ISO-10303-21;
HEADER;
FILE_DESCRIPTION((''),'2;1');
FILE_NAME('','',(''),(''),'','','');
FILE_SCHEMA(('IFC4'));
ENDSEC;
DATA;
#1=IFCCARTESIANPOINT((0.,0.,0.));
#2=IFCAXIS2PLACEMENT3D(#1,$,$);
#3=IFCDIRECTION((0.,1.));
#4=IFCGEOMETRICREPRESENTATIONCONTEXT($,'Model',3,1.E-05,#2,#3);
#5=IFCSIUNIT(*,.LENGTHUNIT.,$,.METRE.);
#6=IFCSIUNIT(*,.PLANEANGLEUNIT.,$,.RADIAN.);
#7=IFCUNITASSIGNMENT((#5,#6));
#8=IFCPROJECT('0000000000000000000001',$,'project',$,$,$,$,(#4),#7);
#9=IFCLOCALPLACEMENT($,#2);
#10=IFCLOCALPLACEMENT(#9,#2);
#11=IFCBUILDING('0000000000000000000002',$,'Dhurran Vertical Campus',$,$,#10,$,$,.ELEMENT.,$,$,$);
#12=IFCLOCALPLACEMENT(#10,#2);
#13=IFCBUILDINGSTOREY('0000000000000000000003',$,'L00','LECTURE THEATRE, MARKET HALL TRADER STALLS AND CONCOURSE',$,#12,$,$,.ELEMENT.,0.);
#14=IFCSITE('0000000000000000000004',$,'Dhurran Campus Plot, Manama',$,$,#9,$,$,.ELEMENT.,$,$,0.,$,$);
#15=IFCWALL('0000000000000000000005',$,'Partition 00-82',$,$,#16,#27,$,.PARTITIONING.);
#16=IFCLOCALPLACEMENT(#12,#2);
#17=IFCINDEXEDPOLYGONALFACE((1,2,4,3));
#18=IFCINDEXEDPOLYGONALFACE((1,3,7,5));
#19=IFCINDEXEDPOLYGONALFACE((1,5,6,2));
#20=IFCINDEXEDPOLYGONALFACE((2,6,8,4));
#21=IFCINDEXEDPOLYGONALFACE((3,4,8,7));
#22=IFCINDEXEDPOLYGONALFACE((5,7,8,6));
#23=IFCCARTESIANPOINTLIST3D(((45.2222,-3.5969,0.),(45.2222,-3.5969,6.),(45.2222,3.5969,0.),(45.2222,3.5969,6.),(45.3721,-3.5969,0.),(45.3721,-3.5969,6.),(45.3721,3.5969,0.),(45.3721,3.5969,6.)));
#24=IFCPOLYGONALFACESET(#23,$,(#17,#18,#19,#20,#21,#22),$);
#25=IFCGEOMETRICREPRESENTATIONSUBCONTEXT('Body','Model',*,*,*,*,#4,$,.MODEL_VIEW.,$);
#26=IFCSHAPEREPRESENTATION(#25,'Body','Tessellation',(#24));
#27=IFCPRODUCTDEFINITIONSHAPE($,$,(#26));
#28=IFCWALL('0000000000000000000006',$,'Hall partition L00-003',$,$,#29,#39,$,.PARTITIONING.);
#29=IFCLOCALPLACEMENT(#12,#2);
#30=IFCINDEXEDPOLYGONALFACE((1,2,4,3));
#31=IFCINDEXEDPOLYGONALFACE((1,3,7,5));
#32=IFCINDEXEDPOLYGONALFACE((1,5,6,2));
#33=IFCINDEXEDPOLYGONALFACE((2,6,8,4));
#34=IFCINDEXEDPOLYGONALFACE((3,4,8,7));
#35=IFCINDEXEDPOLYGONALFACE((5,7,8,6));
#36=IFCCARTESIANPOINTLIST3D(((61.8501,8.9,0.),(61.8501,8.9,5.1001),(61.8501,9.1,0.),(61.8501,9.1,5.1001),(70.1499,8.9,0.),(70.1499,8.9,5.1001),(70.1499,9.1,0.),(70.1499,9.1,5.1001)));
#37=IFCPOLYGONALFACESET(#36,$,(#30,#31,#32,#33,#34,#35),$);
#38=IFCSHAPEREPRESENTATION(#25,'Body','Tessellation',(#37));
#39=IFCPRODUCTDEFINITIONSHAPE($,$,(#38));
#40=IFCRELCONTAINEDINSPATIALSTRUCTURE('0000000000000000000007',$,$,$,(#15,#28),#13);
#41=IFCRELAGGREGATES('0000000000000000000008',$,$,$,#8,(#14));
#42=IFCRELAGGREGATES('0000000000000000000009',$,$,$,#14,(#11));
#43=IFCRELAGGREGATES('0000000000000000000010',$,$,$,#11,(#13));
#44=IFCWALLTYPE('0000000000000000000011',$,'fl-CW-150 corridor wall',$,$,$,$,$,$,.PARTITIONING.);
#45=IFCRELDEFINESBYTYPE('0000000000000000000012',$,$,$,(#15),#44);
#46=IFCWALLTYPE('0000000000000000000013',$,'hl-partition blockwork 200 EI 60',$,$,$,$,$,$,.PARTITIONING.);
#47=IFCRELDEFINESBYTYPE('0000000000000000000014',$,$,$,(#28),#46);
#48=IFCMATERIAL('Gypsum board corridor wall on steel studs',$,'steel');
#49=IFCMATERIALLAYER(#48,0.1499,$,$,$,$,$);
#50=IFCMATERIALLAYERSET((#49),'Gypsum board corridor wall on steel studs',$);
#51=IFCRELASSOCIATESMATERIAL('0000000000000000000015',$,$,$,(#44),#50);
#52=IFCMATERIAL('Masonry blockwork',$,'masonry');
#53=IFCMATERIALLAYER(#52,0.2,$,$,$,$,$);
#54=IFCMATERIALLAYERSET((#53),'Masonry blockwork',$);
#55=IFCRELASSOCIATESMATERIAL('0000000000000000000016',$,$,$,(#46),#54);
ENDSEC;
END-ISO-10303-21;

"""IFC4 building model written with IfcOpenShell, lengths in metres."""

from ifc_helpers import new_model, si_unit, direction, frame, frame_2d, origin, place, context, subcontext, project, spatial, rectangle, extrude, material, layer, layer_set, type_object, element, save


model = new_model("IFC4")

# Units and contexts
model_context = context("Model", 3, precision=1e-05, world=origin(), true_north=direction((0.0, 1.0)))
body_context = subcontext(model_context, "Body", "Model", "MODEL_VIEW")
ifc_project = project(units=[si_unit("LENGTHUNIT", "METRE"), si_unit("PLANEANGLEUNIT", "RADIAN")], contexts=[model_context])

# Site, building, storey
site_placement = place(None, origin())
site = spatial("IfcSite", under=ifc_project, at=site_placement, Name="Dhurran Campus Plot, Manama", CompositionType="ELEMENT", RefElevation=0.0)
building_placement = place(site_placement, origin())
building = spatial("IfcBuilding", under=site, at=building_placement, Name="Dhurran Vertical Campus", CompositionType="ELEMENT")
storey_placement = place(building_placement, origin())
storey = spatial("IfcBuildingStorey", under=building, at=storey_placement, Name="L00", Description="LECTURE THEATRE, MARKET HALL TRADER STALLS AND CONCOURSE", CompositionType="ELEMENT", Elevation=0.0)

# Wall
ifc_material_1 = material(Name="Gypsum board corridor wall on steel studs", Category="steel")
ifc_layer_1 = layer(ifc_material_1, 0.1499)
ifc_layer_set_1 = layer_set([ifc_layer_1], Name="Gypsum board corridor wall on steel studs")
wall_type_1 = type_object("IfcWallType", Name="fl-CW-150 corridor wall", PredefinedType="PARTITIONING", material=ifc_layer_set_1)
wall_1_placement = place(storey_placement, frame((45.2971, 3.5969, 0.0), z_axis=(0.0, 0.0, 1.0), x_axis=(0.0, -1.0, 0.0)))
element("IfcWall", 1, at=wall_1_placement, inside=storey, type_object=wall_type_1, Name="Partition 00-82", PredefinedType="PARTITIONING", context=body_context, shape_type="SweptSolid", body=[
    extrude(rectangle(XDim=7.1938, YDim=0.1499, at=frame_2d((3.5969, 0.0))), origin(), (0.0, 0.0, 1.0), 6.0),
])

# Wall
ifc_material_2 = material(Name="Masonry blockwork", Category="masonry")
ifc_layer_2 = layer(ifc_material_2, 0.2)
ifc_layer_set_2 = layer_set([ifc_layer_2], Name="Masonry blockwork")
wall_type_2 = type_object("IfcWallType", Name="hl-partition blockwork 200 EI 60", PredefinedType="PARTITIONING", material=ifc_layer_set_2)
wall_2_placement = place(storey_placement, frame((61.8501, 9.0, 0.0), z_axis=(0.0, 0.0, 1.0), x_axis=(1.0, 0.0, 0.0)))
element("IfcWall", 2, at=wall_2_placement, inside=storey, type_object=wall_type_2, Name="Hall partition L00-003", PredefinedType="PARTITIONING", context=body_context, shape_type="SweptSolid", body=[
    extrude(rectangle(XDim=8.2998, YDim=0.2, at=frame_2d((4.1499, 0.0))), origin(), (0.0, 0.0, 1.0), 5.1001),
])

save(model, "model.ifc")
